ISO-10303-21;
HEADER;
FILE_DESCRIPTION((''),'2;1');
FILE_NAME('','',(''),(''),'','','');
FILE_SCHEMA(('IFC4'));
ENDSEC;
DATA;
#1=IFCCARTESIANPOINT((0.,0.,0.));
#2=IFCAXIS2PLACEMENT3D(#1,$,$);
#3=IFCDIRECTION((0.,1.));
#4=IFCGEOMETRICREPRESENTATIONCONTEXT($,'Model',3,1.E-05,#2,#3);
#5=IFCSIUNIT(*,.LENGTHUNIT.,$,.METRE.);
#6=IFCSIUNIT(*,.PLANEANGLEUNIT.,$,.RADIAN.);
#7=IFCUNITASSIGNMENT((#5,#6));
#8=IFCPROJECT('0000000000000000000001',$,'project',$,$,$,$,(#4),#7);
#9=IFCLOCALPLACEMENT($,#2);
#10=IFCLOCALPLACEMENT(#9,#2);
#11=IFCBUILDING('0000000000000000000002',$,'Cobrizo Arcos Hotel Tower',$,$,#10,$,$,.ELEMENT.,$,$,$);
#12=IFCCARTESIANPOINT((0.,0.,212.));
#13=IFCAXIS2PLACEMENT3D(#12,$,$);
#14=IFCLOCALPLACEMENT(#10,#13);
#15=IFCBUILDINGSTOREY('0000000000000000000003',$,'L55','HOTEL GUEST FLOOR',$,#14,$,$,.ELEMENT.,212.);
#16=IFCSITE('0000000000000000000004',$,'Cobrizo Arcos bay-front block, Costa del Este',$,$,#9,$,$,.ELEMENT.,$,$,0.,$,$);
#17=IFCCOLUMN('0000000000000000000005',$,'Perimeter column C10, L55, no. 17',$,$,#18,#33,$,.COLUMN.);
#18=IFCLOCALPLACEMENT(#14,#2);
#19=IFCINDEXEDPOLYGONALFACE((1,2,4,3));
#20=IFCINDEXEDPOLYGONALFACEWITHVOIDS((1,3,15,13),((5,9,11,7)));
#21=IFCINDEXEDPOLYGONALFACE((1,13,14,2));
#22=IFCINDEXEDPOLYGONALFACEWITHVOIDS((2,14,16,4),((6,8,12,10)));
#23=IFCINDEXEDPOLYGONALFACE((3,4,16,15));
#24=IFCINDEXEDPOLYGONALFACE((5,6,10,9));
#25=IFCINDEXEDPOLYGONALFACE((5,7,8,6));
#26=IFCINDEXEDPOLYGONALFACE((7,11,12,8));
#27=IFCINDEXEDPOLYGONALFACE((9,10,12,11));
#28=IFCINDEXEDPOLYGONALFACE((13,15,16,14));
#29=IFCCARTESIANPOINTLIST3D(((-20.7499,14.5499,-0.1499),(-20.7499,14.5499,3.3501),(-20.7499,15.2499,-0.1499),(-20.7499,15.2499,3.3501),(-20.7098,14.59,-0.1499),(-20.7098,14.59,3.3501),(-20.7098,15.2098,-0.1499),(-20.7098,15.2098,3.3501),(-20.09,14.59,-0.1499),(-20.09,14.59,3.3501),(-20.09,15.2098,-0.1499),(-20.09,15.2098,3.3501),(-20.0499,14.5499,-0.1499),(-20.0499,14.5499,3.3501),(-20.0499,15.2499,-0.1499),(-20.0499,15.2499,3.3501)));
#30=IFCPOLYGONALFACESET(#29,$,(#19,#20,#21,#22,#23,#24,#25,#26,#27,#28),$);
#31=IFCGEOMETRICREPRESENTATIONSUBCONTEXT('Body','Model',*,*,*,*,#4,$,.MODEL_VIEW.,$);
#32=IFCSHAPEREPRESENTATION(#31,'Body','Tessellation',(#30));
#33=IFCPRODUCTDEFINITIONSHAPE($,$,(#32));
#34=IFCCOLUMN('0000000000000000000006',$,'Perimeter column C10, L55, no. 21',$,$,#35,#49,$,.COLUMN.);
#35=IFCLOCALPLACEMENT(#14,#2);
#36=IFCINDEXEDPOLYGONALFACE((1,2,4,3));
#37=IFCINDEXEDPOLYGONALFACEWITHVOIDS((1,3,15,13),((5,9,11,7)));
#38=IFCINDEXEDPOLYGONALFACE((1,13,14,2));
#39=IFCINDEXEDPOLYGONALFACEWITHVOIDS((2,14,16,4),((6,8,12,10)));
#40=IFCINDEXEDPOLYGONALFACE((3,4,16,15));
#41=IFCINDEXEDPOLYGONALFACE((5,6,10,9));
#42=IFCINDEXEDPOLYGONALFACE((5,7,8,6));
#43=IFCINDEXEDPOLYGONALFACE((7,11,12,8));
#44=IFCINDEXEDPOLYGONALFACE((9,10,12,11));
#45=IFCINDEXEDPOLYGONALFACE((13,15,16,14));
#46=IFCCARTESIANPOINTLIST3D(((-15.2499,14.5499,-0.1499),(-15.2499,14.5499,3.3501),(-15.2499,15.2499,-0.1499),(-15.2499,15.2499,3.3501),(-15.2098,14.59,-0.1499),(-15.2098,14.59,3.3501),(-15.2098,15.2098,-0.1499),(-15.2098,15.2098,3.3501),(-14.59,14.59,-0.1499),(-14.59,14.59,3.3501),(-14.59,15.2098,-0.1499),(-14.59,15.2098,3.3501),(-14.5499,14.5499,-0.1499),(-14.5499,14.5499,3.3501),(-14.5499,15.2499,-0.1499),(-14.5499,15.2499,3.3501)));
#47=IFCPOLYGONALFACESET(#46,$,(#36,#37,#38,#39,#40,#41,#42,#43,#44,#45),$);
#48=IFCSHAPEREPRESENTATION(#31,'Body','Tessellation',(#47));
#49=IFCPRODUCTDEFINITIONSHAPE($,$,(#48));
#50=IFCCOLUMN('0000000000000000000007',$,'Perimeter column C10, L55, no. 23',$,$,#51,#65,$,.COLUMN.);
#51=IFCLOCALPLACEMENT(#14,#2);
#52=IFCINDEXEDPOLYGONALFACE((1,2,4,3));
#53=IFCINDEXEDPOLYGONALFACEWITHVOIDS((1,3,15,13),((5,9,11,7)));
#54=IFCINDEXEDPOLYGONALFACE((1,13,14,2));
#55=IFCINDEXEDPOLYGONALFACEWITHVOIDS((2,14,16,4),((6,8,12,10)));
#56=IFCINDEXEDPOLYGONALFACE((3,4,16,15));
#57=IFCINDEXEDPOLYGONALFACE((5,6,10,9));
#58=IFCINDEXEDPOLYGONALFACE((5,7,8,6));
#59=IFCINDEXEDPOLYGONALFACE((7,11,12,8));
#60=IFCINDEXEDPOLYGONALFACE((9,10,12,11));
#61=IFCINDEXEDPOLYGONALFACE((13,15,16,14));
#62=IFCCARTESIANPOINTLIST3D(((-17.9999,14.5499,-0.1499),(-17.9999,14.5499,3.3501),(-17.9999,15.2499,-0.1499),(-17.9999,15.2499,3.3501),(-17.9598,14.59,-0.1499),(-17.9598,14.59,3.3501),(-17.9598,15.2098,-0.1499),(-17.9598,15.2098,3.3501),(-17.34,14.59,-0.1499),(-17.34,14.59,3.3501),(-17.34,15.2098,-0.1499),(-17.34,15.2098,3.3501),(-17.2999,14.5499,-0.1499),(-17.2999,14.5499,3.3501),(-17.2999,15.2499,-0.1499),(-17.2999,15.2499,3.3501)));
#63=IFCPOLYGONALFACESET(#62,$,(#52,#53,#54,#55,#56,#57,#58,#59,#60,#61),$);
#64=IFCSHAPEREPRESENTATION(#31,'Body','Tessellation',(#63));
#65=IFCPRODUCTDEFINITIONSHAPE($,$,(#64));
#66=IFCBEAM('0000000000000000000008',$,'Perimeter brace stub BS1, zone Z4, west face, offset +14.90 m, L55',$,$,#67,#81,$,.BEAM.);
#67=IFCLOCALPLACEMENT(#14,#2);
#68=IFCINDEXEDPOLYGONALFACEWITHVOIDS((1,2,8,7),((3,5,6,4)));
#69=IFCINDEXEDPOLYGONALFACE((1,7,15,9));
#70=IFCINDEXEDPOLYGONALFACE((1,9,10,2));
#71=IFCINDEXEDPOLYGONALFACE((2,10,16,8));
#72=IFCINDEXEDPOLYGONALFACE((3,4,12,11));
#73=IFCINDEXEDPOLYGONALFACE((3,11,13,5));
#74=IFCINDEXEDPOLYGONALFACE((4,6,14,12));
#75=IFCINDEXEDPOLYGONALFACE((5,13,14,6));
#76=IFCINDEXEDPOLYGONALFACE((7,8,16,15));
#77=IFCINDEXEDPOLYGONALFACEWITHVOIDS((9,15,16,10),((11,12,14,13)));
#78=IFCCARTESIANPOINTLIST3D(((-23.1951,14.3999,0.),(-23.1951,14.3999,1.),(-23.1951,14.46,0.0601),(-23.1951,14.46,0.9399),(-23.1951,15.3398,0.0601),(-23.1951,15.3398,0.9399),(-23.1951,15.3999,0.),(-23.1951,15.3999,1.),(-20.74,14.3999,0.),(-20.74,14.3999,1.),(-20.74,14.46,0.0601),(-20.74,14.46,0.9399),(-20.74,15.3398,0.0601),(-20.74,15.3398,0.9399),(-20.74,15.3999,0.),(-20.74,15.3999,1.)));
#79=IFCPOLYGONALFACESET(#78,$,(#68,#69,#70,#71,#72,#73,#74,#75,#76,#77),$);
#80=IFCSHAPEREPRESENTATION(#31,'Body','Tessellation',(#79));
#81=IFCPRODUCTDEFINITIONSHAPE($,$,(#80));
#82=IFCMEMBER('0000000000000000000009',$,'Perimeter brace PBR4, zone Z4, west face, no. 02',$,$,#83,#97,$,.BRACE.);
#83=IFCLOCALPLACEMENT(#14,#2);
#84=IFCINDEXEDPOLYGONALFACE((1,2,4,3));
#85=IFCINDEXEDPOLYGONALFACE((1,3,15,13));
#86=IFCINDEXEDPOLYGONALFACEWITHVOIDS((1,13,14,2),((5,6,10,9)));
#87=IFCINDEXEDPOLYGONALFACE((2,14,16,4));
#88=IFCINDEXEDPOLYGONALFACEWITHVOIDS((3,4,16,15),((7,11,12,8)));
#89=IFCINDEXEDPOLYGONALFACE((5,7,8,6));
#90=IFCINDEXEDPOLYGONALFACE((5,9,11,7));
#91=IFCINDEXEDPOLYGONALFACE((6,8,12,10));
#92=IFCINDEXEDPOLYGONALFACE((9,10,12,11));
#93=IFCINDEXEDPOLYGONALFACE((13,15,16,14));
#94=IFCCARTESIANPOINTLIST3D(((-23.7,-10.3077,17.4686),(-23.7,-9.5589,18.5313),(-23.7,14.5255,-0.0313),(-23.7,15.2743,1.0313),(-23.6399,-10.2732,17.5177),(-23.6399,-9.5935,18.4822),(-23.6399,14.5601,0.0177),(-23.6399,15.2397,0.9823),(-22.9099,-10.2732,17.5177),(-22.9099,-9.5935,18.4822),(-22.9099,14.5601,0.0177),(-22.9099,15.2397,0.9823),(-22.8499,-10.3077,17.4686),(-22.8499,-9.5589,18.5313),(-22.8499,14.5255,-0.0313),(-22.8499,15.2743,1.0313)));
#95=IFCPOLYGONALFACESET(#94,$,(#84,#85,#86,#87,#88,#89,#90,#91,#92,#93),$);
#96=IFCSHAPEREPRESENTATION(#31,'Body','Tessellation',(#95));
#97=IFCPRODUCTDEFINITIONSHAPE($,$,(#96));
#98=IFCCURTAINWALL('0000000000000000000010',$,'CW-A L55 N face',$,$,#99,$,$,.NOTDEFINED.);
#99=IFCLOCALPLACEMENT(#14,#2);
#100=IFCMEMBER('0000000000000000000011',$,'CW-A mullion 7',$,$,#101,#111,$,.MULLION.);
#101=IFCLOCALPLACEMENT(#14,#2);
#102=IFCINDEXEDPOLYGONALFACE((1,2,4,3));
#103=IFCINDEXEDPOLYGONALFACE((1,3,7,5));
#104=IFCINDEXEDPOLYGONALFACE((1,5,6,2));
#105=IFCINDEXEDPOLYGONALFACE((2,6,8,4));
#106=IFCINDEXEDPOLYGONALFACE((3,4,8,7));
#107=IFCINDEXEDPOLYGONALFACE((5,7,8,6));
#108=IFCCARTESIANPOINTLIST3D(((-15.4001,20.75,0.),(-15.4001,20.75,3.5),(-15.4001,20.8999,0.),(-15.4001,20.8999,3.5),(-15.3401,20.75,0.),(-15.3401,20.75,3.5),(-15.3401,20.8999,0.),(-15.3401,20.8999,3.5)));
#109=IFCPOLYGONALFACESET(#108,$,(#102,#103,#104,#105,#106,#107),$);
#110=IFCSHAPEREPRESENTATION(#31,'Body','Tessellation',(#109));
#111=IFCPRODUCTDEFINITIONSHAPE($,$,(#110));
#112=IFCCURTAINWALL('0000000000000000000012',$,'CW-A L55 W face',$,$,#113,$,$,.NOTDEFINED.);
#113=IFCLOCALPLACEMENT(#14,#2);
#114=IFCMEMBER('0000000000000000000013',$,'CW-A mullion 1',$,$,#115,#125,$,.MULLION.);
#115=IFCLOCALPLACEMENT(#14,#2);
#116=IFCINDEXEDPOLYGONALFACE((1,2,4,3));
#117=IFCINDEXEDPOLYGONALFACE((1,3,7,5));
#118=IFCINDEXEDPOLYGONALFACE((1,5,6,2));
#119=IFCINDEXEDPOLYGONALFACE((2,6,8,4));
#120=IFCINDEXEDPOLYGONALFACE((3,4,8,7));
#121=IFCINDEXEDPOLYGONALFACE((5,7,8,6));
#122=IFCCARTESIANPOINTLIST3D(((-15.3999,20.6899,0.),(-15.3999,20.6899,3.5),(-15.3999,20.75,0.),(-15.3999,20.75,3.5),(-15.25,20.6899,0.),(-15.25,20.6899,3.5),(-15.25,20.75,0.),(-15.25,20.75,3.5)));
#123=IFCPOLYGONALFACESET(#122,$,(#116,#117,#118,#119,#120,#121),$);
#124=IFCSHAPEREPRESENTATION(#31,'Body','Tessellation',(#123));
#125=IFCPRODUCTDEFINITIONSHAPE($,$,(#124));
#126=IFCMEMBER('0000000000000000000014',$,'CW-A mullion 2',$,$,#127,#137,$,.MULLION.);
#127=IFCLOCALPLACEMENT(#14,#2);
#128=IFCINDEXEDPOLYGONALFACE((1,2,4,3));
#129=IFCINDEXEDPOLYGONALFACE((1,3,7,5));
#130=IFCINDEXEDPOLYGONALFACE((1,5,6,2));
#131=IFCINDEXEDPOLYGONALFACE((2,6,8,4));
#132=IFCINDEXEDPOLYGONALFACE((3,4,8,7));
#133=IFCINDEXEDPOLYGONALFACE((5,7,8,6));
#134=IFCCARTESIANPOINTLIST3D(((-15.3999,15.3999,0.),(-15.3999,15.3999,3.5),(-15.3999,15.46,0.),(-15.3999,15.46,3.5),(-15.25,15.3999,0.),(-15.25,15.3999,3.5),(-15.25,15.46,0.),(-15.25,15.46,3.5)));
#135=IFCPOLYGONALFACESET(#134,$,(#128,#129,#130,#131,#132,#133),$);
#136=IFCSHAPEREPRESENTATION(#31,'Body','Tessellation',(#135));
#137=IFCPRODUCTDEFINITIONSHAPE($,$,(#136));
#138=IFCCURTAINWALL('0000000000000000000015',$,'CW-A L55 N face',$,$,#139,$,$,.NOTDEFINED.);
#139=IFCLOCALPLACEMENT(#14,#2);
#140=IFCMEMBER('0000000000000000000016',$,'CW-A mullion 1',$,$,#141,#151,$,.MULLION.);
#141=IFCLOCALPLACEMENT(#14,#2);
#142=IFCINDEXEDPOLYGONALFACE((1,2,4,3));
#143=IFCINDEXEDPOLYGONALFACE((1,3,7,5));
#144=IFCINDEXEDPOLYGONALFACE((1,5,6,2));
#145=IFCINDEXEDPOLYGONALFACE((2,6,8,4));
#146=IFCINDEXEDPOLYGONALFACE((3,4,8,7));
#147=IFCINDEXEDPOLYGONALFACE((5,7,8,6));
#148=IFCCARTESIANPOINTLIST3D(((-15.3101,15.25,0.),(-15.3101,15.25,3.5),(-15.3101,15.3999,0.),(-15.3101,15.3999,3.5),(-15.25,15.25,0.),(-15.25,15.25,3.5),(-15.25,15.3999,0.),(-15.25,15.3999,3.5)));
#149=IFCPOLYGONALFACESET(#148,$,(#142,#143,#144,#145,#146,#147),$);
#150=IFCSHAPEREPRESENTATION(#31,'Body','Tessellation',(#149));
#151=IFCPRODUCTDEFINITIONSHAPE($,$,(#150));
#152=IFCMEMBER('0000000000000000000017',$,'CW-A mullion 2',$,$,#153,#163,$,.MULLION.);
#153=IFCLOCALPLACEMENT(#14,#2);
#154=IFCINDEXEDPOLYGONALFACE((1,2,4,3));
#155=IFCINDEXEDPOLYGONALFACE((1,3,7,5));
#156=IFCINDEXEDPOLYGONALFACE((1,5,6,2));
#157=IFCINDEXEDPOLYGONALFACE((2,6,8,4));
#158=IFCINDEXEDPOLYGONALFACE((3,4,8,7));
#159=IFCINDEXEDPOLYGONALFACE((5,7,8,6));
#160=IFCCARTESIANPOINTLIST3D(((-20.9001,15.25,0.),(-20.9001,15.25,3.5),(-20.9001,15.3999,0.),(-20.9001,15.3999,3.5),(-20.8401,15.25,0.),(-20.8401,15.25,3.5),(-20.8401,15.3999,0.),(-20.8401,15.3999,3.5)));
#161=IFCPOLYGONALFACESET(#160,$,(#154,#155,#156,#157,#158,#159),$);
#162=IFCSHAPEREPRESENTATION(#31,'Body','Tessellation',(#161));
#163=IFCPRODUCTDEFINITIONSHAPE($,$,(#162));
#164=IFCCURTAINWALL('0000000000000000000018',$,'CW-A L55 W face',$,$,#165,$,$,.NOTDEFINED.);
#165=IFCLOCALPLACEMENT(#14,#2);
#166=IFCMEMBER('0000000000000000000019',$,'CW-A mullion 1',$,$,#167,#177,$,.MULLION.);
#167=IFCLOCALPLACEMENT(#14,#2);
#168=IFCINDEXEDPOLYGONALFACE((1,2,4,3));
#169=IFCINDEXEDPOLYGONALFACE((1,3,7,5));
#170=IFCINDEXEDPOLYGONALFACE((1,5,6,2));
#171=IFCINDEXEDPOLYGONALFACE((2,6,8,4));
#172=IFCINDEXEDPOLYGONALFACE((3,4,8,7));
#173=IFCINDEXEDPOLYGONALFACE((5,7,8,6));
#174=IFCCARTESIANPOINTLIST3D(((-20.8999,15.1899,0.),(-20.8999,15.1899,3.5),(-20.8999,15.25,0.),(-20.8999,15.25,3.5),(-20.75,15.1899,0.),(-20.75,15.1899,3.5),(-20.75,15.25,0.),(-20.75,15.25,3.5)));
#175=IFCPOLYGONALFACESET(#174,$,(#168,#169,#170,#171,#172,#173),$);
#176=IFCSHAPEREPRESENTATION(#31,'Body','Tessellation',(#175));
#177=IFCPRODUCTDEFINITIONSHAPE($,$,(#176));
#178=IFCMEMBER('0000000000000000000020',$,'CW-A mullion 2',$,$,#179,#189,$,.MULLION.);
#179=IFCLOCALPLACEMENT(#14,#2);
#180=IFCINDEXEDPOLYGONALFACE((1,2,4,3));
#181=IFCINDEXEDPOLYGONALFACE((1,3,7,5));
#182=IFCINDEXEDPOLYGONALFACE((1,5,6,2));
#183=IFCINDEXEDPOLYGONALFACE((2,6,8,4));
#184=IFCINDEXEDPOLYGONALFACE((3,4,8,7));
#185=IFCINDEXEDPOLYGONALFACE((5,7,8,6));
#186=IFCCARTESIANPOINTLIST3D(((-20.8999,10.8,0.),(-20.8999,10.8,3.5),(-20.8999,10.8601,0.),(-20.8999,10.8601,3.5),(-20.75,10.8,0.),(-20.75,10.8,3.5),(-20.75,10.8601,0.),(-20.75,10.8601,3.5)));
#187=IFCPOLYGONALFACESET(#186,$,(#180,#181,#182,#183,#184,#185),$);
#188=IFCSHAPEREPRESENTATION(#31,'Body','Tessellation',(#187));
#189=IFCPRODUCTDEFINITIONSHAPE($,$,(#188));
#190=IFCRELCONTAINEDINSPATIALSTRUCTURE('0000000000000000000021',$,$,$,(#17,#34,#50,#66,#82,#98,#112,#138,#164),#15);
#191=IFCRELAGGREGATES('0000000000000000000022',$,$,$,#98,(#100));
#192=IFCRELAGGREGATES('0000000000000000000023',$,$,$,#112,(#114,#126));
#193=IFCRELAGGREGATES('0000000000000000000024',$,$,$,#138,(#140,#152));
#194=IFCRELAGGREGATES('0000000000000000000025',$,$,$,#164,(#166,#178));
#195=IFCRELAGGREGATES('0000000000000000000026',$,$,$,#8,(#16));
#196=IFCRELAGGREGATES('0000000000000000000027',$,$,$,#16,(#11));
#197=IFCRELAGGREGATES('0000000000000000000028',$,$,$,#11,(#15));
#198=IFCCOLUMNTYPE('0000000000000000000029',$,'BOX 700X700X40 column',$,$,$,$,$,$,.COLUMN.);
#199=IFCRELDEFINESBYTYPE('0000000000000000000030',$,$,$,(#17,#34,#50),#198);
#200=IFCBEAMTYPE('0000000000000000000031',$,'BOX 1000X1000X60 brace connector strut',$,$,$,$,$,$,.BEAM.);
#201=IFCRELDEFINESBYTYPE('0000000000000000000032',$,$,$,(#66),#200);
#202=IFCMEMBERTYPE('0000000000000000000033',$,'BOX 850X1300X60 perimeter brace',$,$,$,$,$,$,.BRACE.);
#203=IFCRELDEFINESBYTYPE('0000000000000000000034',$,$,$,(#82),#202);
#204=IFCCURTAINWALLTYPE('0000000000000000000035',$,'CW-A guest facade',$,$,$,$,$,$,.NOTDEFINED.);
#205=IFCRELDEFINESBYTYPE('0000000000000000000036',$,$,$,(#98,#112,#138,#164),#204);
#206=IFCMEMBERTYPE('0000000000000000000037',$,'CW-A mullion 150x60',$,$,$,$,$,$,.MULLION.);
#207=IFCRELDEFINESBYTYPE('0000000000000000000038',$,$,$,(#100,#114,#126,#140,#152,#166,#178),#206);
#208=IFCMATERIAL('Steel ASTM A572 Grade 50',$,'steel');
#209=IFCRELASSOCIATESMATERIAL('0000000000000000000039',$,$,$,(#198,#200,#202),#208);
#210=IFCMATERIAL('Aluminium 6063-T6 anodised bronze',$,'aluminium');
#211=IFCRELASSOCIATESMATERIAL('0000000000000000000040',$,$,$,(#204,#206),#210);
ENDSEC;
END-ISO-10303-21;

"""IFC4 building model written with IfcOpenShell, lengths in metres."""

from ifc_helpers import new_model, si_unit, direction, frame, origin, origin_2d, place, context, subcontext, project, spatial, rectangle, hollow_rectangle, extrude, material, material_profile, profile_set, type_object, element, aggregate, save


model = new_model("IFC4")

# Units and contexts
model_context = context("Model", 3, precision=1e-05, world=origin(), true_north=direction((0.0, 1.0)))
body_context = subcontext(model_context, "Body", "Model", "MODEL_VIEW")
ifc_project = project(units=[si_unit("LENGTHUNIT", "METRE"), si_unit("PLANEANGLEUNIT", "RADIAN")], contexts=[model_context])

# Site, building, storey
site_placement = place(None, origin())
site = spatial("IfcSite", under=ifc_project, at=site_placement, Name="Cobrizo Arcos bay-front block, Costa del Este", CompositionType="ELEMENT", RefElevation=0.0)
building_placement = place(site_placement, origin())
building = spatial("IfcBuilding", under=site, at=building_placement, Name="Cobrizo Arcos Hotel Tower", CompositionType="ELEMENT")
storey_placement = place(building_placement, frame((0.0, 0.0, 212.0)))
storey = spatial("IfcBuildingStorey", under=building, at=storey_placement, Name="L55", Description="HOTEL GUEST FLOOR", CompositionType="ELEMENT", Elevation=212.0)

# Columns
ifc_material_1 = material(Name="Steel ASTM A572 Grade 50", Category="steel")
ifc_material_profile_1 = material_profile(ifc_material_1, hollow_rectangle(XDim=0.7, YDim=0.7, WallThickness=0.04, at=origin_2d()), Name="BOX 700X700X40")
ifc_profile_set_1 = profile_set([ifc_material_profile_1], Name="Steel ASTM A572 Grade 50")
column_type = type_object("IfcColumnType", Name="BOX 700X700X40 column", PredefinedType="COLUMN", material=ifc_profile_set_1)
for number, where, z_axis, x_axis, name in (
    (1, (-20.3999, 14.8999, -0.1499), (0.0, 0.0, 1.0), (1.0, 0.0, 0.0), "Perimeter column C10, L55, no. 17"),
    (2, (-14.8999, 14.8999, -0.1499), (0.0, 0.0, 1.0), (1.0, 0.0, 0.0), "Perimeter column C10, L55, no. 21"),
    (3, (-17.6499, 14.8999, -0.1499), (0.0, 0.0, 1.0), (1.0, 0.0, 0.0), "Perimeter column C10, L55, no. 23"),
):
    element("IfcColumn", number, at=place(storey_placement, frame(where, z_axis=z_axis, x_axis=x_axis)), inside=storey, type_object=column_type, Name=name, PredefinedType="COLUMN", context=body_context, shape_type="SweptSolid", body=[
        extrude(hollow_rectangle(XDim=0.7, YDim=0.7, WallThickness=0.04, at=origin_2d()), origin(), (0.0, 0.0, 1.0), 3.5),
    ])

# Beam
ifc_material_profile_2 = material_profile(ifc_material_1, hollow_rectangle(XDim=1.0, YDim=1.0, WallThickness=0.0601, at=origin_2d()), Name="BOX 1000X1000X60")
ifc_profile_set_2 = profile_set([ifc_material_profile_2], Name="Steel ASTM A572 Grade 50")
beam_type_1 = type_object("IfcBeamType", Name="BOX 1000X1000X60 brace connector strut", PredefinedType="BEAM", material=ifc_profile_set_2)
beam_1_placement = place(storey_placement, frame((-20.74, 14.8999, 0.5), z_axis=(-1.0, 0.0, 0.0), x_axis=(0.0, -1.0, 0.0)))
element("IfcBeam", 4, at=beam_1_placement, inside=storey, type_object=beam_type_1, Name="Perimeter brace stub BS1, zone Z4, west face, offset +14.90 m, L55", PredefinedType="BEAM", context=body_context, shape_type="SweptSolid", body=[
    extrude(hollow_rectangle(XDim=1.0, YDim=1.0, WallThickness=0.0601, at=origin_2d()), origin(), (0.0, 0.0, 1.0), 2.4551),
])

# Member
ifc_material_profile_3 = material_profile(ifc_material_1, hollow_rectangle(XDim=0.8501, YDim=1.3, WallThickness=0.0601, at=origin_2d()), Name="BOX 850X1300X60")
ifc_profile_set_3 = profile_set([ifc_material_profile_3], Name="Steel ASTM A572 Grade 50")
member_type_1 = type_object("IfcMemberType", Name="BOX 850X1300X60 perimeter brace", PredefinedType="BRACE", material=ifc_profile_set_3)
member_1_placement = place(storey_placement, frame((-23.2749, 14.8999, 0.5), z_axis=(0.0, -0.817423, 0.576038), x_axis=(1.0, 0.0, 0.0)))
element("IfcMember", 5, at=member_1_placement, inside=storey, type_object=member_type_1, Name="Perimeter brace PBR4, zone Z4, west face, no. 02", PredefinedType="BRACE", context=body_context, shape_type="SweptSolid", body=[
    extrude(hollow_rectangle(XDim=0.8501, YDim=1.3, WallThickness=0.0601, at=origin_2d()), origin(), (0.0, 0.0, 1.0), 30.3799),
])

# Curtain wall, member
ifc_material_2 = material(Name="Aluminium 6063-T6 anodised bronze", Category="aluminium")
curtain_wall_type = type_object("IfcCurtainWallType", Name="CW-A guest facade", PredefinedType="NOTDEFINED", material=ifc_material_2)
curtain_wall_1_placement = place(storey_placement, origin())
curtain_wall_1 = element("IfcCurtainWall", 6, at=curtain_wall_1_placement, inside=storey, type_object=curtain_wall_type, Name="CW-A L55 N face", PredefinedType="NOTDEFINED")
ifc_material_profile_4 = material_profile(ifc_material_2, rectangle(XDim=0.1499, YDim=0.0601, at=origin_2d()), Name="CW-A mullion 150x60")
ifc_profile_set_4 = profile_set([ifc_material_profile_4], Name="Aluminium 6063-T6 anodised bronze")
member_type_2 = type_object("IfcMemberType", Name="CW-A mullion 150x60", PredefinedType="MULLION", material=ifc_profile_set_4)
member_2_placement = place(storey_placement, frame((-15.3701, 20.825, 0.0), z_axis=(0.0, 0.0, 1.0), x_axis=(0.0, 1.0, 0.0)))
member_2 = element("IfcMember", 7, at=member_2_placement, type_object=member_type_2, Name="CW-A mullion 7", PredefinedType="MULLION", context=body_context, shape_type="SweptSolid", body=[
    extrude(rectangle(XDim=0.1499, YDim=0.0601, at=origin_2d()), origin(), (0.0, 0.0, 1.0), 3.5),
])
aggregate(curtain_wall_1, [member_2])

# Curtain walls, members
curtain_wall_2_placement = place(storey_placement, origin())
curtain_wall_2 = element("IfcCurtainWall", 8, at=curtain_wall_2_placement, inside=storey, type_object=curtain_wall_type, Name="CW-A L55 W face", PredefinedType="NOTDEFINED")
member_3_placement = place(storey_placement, frame((-15.325, 20.72, 0.0), z_axis=(0.0, 0.0, 1.0), x_axis=(-1.0, 0.0, 0.0)))
member_3 = element("IfcMember", 9, at=member_3_placement, type_object=member_type_2, Name="CW-A mullion 1", PredefinedType="MULLION", context=body_context, shape_type="SweptSolid", body=[
    extrude(rectangle(XDim=0.1499, YDim=0.0601, at=origin_2d()), origin(), (0.0, 0.0, 1.0), 3.5),
])
member_4_placement = place(storey_placement, frame((-15.325, 15.4299, 0.0), z_axis=(0.0, 0.0, 1.0), x_axis=(-1.0, 0.0, 0.0)))
member_4 = element("IfcMember", 10, at=member_4_placement, type_object=member_type_2, Name="CW-A mullion 2", PredefinedType="MULLION", context=body_context, shape_type="SweptSolid", body=[
    extrude(rectangle(XDim=0.1499, YDim=0.0601, at=origin_2d()), origin(), (0.0, 0.0, 1.0), 3.5),
])
curtain_wall_3_placement = place(storey_placement, origin())
curtain_wall_3 = element("IfcCurtainWall", 11, at=curtain_wall_3_placement, inside=storey, type_object=curtain_wall_type, Name="CW-A L55 N face", PredefinedType="NOTDEFINED")
member_5_placement = place(storey_placement, frame((-15.28, 15.325, 0.0), z_axis=(0.0, 0.0, 1.0), x_axis=(0.0, 1.0, 0.0)))
member_5 = element("IfcMember", 12, at=member_5_placement, type_object=member_type_2, Name="CW-A mullion 1", PredefinedType="MULLION", context=body_context, shape_type="SweptSolid", body=[
    extrude(rectangle(XDim=0.1499, YDim=0.0601, at=origin_2d()), origin(), (0.0, 0.0, 1.0), 3.5),
])
member_6_placement = place(storey_placement, frame((-20.8701, 15.325, 0.0), z_axis=(0.0, 0.0, 1.0), x_axis=(0.0, 1.0, 0.0)))
member_6 = element("IfcMember", 13, at=member_6_placement, type_object=member_type_2, Name="CW-A mullion 2", PredefinedType="MULLION", context=body_context, shape_type="SweptSolid", body=[
    extrude(rectangle(XDim=0.1499, YDim=0.0601, at=origin_2d()), origin(), (0.0, 0.0, 1.0), 3.5),
])
curtain_wall_4_placement = place(storey_placement, origin())
curtain_wall_4 = element("IfcCurtainWall", 14, at=curtain_wall_4_placement, inside=storey, type_object=curtain_wall_type, Name="CW-A L55 W face", PredefinedType="NOTDEFINED")
member_7_placement = place(storey_placement, frame((-20.825, 15.22, 0.0), z_axis=(0.0, 0.0, 1.0), x_axis=(-1.0, 0.0, 0.0)))
member_7 = element("IfcMember", 15, at=member_7_placement, type_object=member_type_2, Name="CW-A mullion 1", PredefinedType="MULLION", context=body_context, shape_type="SweptSolid", body=[
    extrude(rectangle(XDim=0.1499, YDim=0.0601, at=origin_2d()), origin(), (0.0, 0.0, 1.0), 3.5),
])
member_8_placement = place(storey_placement, frame((-20.825, 10.8301, 0.0), z_axis=(0.0, 0.0, 1.0), x_axis=(-1.0, 0.0, 0.0)))
member_8 = element("IfcMember", 16, at=member_8_placement, type_object=member_type_2, Name="CW-A mullion 2", PredefinedType="MULLION", context=body_context, shape_type="SweptSolid", body=[
    extrude(rectangle(XDim=0.1499, YDim=0.0601, at=origin_2d()), origin(), (0.0, 0.0, 1.0), 3.5),
])

aggregate(curtain_wall_2, [member_3, member_4])
aggregate(curtain_wall_3, [member_5, member_6])
aggregate(curtain_wall_4, [member_7, member_8])

save(model, "model.ifc")
